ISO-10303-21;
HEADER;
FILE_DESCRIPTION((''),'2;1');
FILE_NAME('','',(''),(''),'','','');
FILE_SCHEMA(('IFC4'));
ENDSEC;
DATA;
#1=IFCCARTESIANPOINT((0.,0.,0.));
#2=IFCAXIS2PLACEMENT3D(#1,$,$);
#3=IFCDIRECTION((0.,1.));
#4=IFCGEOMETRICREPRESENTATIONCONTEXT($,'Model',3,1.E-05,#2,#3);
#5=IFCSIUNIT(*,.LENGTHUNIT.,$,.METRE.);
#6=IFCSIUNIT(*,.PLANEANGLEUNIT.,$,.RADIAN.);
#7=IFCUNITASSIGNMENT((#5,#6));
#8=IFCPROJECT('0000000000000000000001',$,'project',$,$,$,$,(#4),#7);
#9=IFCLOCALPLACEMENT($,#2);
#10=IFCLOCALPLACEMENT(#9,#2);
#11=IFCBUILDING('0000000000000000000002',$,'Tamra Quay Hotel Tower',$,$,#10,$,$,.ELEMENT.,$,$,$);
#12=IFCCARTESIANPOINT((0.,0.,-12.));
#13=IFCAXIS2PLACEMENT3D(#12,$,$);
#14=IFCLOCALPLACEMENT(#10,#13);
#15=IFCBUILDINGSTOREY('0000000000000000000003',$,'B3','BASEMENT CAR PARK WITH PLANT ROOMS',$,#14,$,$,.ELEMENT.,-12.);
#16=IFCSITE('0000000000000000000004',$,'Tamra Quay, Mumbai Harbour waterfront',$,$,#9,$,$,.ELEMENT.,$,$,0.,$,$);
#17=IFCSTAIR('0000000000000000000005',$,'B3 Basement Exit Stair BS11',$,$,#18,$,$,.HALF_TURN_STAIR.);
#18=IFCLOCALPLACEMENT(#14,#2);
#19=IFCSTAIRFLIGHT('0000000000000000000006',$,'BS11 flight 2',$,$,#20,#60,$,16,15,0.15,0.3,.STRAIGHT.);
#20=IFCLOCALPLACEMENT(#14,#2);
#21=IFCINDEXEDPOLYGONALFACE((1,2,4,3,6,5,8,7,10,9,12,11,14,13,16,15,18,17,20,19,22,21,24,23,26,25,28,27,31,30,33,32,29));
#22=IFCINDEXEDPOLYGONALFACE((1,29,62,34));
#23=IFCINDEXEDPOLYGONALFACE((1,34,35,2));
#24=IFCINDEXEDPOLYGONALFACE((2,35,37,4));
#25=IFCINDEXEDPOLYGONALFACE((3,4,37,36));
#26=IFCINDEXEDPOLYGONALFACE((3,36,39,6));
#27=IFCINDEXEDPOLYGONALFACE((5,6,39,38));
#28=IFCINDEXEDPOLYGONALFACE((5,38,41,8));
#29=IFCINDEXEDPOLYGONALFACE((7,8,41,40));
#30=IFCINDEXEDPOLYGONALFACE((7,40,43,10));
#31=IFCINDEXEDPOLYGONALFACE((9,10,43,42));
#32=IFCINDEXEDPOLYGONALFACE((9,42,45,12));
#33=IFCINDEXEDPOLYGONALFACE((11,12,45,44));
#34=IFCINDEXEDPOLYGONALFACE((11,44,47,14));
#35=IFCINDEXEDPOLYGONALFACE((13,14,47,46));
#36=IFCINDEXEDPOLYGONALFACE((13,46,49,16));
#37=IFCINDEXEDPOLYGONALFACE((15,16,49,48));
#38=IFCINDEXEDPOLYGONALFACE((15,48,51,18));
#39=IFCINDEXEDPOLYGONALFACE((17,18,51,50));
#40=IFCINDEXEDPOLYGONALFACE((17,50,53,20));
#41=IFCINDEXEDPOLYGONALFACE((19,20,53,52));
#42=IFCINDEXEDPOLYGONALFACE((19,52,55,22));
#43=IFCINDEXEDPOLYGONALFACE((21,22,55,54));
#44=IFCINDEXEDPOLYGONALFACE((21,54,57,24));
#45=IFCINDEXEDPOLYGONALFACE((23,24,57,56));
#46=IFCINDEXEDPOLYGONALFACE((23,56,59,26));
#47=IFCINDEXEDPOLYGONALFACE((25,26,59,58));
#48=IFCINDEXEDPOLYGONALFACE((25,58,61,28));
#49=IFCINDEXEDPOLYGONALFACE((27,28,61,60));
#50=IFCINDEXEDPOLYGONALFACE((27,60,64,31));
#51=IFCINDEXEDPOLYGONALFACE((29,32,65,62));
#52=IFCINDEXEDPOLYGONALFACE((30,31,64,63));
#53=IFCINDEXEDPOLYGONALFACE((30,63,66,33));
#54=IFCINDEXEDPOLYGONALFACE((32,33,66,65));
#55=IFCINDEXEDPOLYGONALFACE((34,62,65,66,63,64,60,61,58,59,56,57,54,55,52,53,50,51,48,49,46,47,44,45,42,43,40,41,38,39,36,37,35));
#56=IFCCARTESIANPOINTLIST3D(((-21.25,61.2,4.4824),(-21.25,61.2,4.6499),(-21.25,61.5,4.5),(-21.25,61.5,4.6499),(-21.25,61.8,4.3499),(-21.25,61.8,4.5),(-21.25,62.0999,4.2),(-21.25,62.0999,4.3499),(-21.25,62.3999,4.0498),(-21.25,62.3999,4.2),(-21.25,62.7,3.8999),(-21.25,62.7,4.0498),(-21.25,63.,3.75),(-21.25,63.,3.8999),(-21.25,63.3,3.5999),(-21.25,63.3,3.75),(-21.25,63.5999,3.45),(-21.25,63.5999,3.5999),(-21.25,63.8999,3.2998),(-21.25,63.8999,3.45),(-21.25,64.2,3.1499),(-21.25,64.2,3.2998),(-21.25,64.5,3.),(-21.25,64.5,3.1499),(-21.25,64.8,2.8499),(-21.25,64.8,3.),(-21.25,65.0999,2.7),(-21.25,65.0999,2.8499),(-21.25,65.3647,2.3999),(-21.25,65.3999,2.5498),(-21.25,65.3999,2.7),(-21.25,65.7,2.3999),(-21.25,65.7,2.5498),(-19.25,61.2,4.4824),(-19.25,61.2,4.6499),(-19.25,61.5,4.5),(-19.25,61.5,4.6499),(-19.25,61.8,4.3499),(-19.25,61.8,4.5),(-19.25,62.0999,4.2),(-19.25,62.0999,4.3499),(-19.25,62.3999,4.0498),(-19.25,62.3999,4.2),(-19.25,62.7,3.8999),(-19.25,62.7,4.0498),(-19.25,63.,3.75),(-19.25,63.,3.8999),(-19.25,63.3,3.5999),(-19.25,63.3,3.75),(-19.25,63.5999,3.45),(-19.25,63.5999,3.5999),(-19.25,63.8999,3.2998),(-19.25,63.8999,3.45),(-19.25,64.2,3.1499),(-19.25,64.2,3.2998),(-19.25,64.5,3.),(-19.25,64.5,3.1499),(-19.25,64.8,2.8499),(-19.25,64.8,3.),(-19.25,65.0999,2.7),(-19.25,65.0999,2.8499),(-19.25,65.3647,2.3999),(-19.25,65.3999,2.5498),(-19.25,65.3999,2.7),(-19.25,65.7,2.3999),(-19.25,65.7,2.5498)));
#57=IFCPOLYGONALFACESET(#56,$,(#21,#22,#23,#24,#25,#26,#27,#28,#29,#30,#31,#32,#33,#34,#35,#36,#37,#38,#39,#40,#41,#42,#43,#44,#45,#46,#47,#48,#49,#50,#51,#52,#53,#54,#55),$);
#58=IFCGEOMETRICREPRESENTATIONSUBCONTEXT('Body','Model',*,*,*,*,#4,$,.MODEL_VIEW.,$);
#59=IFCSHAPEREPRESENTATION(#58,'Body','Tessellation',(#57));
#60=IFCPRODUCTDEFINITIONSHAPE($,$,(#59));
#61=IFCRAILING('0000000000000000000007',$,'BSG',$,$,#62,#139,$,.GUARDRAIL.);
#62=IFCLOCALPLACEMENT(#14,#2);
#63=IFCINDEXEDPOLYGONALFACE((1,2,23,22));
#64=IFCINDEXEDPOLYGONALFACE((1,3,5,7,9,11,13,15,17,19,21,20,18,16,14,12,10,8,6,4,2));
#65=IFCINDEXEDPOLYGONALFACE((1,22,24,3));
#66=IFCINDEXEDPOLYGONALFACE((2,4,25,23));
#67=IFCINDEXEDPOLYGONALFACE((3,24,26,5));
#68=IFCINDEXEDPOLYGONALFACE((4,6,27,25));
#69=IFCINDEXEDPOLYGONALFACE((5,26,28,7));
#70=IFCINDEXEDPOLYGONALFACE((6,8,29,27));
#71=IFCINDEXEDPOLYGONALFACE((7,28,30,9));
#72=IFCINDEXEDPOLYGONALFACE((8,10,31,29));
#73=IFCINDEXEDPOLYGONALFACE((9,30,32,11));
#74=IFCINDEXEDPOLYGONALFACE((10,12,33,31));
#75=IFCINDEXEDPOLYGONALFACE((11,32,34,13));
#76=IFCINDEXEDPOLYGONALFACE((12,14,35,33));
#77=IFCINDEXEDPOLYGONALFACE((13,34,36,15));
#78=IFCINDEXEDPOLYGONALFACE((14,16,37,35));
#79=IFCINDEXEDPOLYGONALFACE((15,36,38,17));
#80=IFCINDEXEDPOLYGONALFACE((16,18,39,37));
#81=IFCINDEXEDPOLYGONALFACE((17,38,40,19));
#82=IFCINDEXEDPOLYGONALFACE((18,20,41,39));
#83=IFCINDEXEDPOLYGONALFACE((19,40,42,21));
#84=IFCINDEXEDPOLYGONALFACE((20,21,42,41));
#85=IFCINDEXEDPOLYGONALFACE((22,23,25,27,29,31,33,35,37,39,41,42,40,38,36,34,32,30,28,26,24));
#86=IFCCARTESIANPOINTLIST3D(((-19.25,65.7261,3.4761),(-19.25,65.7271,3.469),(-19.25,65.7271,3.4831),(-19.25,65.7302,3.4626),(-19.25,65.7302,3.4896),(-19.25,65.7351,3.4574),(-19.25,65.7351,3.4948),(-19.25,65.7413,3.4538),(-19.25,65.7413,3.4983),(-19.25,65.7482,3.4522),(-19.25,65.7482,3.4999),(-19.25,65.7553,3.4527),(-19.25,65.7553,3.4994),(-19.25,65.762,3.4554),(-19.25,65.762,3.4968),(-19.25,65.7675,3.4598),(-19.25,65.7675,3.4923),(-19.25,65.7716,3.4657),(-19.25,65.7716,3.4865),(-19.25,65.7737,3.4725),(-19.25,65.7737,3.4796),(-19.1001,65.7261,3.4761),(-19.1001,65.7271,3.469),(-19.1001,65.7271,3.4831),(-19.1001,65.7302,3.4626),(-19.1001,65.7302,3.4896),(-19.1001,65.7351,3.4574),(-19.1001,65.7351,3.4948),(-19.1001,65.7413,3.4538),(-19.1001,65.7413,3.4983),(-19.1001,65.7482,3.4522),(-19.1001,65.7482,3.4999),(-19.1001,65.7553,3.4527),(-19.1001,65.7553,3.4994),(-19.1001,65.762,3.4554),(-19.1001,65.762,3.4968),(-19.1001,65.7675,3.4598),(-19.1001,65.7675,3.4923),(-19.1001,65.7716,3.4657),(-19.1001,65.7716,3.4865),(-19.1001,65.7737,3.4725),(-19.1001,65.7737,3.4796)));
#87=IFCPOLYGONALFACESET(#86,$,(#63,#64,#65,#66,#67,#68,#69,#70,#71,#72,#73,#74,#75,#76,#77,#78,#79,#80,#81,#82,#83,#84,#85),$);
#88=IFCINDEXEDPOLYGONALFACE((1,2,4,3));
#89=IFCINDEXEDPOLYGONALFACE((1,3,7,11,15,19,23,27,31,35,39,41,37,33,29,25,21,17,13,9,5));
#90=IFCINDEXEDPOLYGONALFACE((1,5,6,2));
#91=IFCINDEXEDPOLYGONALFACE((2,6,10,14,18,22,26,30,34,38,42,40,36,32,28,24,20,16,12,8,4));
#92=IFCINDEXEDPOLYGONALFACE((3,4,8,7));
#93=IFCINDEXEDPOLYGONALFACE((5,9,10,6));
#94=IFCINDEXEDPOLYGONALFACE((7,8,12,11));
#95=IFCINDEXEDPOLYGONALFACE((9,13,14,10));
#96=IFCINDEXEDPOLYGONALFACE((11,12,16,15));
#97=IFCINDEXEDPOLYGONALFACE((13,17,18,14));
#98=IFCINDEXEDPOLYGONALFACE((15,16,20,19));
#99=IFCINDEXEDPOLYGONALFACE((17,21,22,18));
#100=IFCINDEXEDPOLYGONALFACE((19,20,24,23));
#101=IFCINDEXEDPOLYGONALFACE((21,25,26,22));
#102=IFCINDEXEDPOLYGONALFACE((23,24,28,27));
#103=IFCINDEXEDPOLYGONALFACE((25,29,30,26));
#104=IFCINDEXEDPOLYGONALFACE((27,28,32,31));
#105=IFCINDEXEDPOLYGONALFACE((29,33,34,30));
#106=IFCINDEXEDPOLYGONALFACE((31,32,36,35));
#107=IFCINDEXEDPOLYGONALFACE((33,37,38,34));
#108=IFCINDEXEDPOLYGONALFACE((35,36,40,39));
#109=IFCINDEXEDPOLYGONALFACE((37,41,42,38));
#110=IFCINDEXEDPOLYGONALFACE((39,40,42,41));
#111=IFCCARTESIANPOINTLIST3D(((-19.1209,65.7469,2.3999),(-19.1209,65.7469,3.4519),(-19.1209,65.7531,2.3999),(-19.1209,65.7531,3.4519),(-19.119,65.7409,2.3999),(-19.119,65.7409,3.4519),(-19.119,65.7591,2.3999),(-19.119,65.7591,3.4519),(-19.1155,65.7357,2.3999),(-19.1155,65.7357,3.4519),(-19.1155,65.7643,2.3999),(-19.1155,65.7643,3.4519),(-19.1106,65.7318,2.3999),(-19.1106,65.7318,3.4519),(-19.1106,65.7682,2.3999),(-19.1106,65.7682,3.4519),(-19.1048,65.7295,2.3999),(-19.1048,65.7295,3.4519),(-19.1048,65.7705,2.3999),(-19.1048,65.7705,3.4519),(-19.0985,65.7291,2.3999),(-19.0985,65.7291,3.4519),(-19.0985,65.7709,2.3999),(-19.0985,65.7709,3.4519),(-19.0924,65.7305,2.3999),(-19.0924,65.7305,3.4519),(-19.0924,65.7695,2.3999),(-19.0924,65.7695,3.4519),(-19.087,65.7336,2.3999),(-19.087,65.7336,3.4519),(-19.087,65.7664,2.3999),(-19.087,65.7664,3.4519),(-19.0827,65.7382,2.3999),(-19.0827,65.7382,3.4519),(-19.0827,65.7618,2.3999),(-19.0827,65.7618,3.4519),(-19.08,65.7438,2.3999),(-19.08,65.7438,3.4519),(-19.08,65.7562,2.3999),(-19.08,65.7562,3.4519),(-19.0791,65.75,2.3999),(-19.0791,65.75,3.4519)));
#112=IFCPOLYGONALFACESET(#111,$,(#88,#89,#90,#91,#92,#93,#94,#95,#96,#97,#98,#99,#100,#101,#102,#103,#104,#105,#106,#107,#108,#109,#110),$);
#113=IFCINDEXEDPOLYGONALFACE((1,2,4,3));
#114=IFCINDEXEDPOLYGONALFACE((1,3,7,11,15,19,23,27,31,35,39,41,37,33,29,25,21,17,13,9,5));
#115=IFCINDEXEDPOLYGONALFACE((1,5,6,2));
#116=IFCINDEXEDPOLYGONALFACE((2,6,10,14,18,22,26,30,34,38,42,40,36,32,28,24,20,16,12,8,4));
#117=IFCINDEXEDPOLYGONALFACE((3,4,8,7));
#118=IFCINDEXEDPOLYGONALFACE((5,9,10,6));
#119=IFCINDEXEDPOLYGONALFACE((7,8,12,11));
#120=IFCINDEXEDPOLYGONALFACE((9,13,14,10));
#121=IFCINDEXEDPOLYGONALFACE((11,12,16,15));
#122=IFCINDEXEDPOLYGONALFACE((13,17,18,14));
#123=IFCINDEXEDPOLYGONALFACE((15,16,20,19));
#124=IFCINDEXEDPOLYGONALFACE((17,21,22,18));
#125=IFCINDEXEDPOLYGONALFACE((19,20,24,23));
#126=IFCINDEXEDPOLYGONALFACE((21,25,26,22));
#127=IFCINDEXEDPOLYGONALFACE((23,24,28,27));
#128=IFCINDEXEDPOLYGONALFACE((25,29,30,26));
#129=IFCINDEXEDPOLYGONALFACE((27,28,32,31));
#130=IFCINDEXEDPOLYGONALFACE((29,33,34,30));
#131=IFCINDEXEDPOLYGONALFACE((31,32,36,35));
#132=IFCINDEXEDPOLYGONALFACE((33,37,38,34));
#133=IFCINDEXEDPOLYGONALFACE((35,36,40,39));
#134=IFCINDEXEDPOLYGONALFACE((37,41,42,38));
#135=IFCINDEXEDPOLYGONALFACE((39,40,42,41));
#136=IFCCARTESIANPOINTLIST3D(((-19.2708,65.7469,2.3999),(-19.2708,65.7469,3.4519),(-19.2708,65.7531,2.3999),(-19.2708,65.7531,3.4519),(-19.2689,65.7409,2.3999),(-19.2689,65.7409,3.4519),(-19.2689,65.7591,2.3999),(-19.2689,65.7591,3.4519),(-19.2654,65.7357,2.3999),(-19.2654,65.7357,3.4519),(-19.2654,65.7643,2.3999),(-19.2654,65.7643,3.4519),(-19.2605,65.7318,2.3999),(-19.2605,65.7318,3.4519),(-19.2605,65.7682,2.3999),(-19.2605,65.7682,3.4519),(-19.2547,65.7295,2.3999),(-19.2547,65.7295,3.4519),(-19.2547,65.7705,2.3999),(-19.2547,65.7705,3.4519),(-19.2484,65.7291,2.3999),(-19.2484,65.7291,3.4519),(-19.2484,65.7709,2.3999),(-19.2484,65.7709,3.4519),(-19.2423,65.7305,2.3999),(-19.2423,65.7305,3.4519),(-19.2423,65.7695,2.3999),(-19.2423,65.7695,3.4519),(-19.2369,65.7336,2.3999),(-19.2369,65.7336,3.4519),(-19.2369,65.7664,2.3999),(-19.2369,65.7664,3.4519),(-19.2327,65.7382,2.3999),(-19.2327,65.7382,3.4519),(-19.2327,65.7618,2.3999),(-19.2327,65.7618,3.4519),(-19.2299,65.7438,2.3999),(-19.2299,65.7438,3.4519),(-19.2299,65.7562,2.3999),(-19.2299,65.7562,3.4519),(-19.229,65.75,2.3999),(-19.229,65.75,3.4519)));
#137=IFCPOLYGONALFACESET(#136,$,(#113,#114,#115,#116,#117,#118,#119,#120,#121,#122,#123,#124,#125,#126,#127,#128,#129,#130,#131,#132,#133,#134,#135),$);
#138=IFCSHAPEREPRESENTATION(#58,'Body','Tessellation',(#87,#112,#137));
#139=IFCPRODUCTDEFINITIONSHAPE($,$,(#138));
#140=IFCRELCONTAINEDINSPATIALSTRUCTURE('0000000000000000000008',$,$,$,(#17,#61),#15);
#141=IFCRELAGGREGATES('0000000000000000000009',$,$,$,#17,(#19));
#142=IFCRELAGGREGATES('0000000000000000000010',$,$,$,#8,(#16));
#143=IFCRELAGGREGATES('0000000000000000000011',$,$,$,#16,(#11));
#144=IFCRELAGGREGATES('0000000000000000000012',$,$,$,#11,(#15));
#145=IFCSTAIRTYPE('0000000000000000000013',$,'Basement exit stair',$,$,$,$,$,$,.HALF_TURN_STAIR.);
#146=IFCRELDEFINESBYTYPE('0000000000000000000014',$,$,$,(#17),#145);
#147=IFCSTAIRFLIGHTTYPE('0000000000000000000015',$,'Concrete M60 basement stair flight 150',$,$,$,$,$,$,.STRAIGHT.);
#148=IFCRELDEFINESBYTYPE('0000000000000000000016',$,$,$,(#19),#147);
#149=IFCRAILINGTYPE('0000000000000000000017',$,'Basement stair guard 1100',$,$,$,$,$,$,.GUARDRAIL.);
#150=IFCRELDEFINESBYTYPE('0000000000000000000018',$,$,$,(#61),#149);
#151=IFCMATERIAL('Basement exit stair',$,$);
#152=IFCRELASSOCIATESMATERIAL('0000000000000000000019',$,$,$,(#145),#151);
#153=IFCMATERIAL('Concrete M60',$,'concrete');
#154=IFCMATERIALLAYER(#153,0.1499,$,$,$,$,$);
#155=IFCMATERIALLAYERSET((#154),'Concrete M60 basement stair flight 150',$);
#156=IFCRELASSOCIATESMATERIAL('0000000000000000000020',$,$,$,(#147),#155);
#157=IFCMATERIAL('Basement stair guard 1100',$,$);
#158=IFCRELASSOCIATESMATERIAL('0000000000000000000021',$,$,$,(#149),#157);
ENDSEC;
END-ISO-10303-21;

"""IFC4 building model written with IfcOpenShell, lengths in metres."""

from ifc_helpers import new_model, si_unit, direction, frame, origin, origin_2d, place, context, subcontext, project, spatial, polyline, circle, outline, extrude, material, layer, layer_set, type_object, element, aggregate, save


model = new_model("IFC4")

# Units and contexts
model_context = context("Model", 3, precision=1e-05, world=origin(), true_north=direction((0.0, 1.0)))
body_context = subcontext(model_context, "Body", "Model", "MODEL_VIEW")
ifc_project = project(units=[si_unit("LENGTHUNIT", "METRE"), si_unit("PLANEANGLEUNIT", "RADIAN")], contexts=[model_context])

# Site, building, storey
site_placement = place(None, origin())
site = spatial("IfcSite", under=ifc_project, at=site_placement, Name="Tamra Quay, Mumbai Harbour waterfront", CompositionType="ELEMENT", RefElevation=0.0)
building_placement = place(site_placement, origin())
building = spatial("IfcBuilding", under=site, at=building_placement, Name="Tamra Quay Hotel Tower", CompositionType="ELEMENT")
storey_placement = place(building_placement, frame((0.0, 0.0, -12.0)))
storey = spatial("IfcBuildingStorey", under=building, at=storey_placement, Name="B3", Description="BASEMENT CAR PARK WITH PLANT ROOMS", CompositionType="ELEMENT", Elevation=-12.0)

# Stair, stair flight
ifc_material_1 = material(Name="Basement exit stair")
stair_type = type_object("IfcStairType", Name="Basement exit stair", PredefinedType="HALF_TURN_STAIR", material=ifc_material_1)
stair_placement = place(storey_placement, origin())
stair = element("IfcStair", 1, at=stair_placement, inside=storey, type_object=stair_type, Name="B3 Basement Exit Stair BS11", PredefinedType="HALF_TURN_STAIR")
ifc_material_2 = material(Name="Concrete M60", Category="concrete")
ifc_layer_1 = layer(ifc_material_2, 0.1499)
ifc_layer_set_1 = layer_set([ifc_layer_1], Name="Concrete M60 basement stair flight 150")
stair_flight_type = type_object("IfcStairFlightType", Name="Concrete M60 basement stair flight 150", PredefinedType="STRAIGHT", material=ifc_layer_set_1)
stair_flight_placement = place(storey_placement, frame((-20.25, 65.7, 2.3999), z_axis=(0.0, 0.0, 1.0), x_axis=(0.0, -1.0, 0.0)))
stair_flight = element("IfcStairFlight", 2, at=stair_flight_placement, type_object=stair_flight_type, Name="BS11 flight 2", NumberOfRisers=16, NumberOfTreads=15, PredefinedType="STRAIGHT", RiserHeight=0.15, TreadLength=0.3, context=body_context, shape_type="SweptSolid", body=[
    extrude(outline(polyline([(0.0, 0.0), (0.0, 0.1499), (0.3, 0.1499), (0.3, 0.3), (0.6001, 0.3), (0.6001, 0.45), (0.8999, 0.45), (0.8999, 0.6001), (1.2, 0.6001), (1.2, 0.75), (1.5, 0.75), (1.5, 0.8999), (1.8, 0.8999), (1.8, 1.05), (2.1001, 1.05), (2.1001, 1.2), (2.3999, 1.2), (2.3999, 1.3501), (2.7, 1.3501), (2.7, 1.5), (3.0, 1.5), (3.0, 1.6499), (3.3, 1.6499), (3.3, 1.8), (3.6001, 1.8), (3.6001, 1.95), (3.8999, 1.95), (3.8999, 2.1001), (4.2, 2.1001), (4.2, 2.25), (4.5, 2.25), (4.5, 2.3999), (4.5, 2.0825), (0.3352, 0.0), (0.0, 0.0)])), frame((0.0, 1.0, 0.0), z_axis=(0.0, -1.0, 0.0), x_axis=(1.0, 0.0, 0.0)), (0.0, 0.0, 1.0), 2.0),
])
aggregate(stair, [stair_flight])

# Railing
ifc_material_3 = material(Name="Basement stair guard 1100")
railing_type_1 = type_object("IfcRailingType", Name="Basement stair guard 1100", PredefinedType="GUARDRAIL", material=ifc_material_3)
railing_1_placement = place(storey_placement, frame((-19.1001, 65.75, 2.3999)))
element("IfcRailing", 3, at=railing_1_placement, inside=storey, type_object=railing_type_1, Name="BSG", PredefinedType="GUARDRAIL", context=body_context, shape_type="SweptSolid", body=[
    extrude(circle(Radius=0.0239, at=origin_2d()), frame((0.0, 0.0, 1.0762), z_axis=(-1.0, 0.0, 0.0), x_axis=(0.0, -1.0, 0.0)), (0.0, 0.0, 1.0), 0.1499),
    extrude(circle(Radius=0.021, at=origin_2d()), origin(), (0.0, 0.0, 1.0), 1.052),
    extrude(circle(Radius=0.021, at=origin_2d()), frame((-0.1499, 0.0, 0.0)), (0.0, 0.0, 1.0), 1.052),
])

save(model, "model.ifc")
